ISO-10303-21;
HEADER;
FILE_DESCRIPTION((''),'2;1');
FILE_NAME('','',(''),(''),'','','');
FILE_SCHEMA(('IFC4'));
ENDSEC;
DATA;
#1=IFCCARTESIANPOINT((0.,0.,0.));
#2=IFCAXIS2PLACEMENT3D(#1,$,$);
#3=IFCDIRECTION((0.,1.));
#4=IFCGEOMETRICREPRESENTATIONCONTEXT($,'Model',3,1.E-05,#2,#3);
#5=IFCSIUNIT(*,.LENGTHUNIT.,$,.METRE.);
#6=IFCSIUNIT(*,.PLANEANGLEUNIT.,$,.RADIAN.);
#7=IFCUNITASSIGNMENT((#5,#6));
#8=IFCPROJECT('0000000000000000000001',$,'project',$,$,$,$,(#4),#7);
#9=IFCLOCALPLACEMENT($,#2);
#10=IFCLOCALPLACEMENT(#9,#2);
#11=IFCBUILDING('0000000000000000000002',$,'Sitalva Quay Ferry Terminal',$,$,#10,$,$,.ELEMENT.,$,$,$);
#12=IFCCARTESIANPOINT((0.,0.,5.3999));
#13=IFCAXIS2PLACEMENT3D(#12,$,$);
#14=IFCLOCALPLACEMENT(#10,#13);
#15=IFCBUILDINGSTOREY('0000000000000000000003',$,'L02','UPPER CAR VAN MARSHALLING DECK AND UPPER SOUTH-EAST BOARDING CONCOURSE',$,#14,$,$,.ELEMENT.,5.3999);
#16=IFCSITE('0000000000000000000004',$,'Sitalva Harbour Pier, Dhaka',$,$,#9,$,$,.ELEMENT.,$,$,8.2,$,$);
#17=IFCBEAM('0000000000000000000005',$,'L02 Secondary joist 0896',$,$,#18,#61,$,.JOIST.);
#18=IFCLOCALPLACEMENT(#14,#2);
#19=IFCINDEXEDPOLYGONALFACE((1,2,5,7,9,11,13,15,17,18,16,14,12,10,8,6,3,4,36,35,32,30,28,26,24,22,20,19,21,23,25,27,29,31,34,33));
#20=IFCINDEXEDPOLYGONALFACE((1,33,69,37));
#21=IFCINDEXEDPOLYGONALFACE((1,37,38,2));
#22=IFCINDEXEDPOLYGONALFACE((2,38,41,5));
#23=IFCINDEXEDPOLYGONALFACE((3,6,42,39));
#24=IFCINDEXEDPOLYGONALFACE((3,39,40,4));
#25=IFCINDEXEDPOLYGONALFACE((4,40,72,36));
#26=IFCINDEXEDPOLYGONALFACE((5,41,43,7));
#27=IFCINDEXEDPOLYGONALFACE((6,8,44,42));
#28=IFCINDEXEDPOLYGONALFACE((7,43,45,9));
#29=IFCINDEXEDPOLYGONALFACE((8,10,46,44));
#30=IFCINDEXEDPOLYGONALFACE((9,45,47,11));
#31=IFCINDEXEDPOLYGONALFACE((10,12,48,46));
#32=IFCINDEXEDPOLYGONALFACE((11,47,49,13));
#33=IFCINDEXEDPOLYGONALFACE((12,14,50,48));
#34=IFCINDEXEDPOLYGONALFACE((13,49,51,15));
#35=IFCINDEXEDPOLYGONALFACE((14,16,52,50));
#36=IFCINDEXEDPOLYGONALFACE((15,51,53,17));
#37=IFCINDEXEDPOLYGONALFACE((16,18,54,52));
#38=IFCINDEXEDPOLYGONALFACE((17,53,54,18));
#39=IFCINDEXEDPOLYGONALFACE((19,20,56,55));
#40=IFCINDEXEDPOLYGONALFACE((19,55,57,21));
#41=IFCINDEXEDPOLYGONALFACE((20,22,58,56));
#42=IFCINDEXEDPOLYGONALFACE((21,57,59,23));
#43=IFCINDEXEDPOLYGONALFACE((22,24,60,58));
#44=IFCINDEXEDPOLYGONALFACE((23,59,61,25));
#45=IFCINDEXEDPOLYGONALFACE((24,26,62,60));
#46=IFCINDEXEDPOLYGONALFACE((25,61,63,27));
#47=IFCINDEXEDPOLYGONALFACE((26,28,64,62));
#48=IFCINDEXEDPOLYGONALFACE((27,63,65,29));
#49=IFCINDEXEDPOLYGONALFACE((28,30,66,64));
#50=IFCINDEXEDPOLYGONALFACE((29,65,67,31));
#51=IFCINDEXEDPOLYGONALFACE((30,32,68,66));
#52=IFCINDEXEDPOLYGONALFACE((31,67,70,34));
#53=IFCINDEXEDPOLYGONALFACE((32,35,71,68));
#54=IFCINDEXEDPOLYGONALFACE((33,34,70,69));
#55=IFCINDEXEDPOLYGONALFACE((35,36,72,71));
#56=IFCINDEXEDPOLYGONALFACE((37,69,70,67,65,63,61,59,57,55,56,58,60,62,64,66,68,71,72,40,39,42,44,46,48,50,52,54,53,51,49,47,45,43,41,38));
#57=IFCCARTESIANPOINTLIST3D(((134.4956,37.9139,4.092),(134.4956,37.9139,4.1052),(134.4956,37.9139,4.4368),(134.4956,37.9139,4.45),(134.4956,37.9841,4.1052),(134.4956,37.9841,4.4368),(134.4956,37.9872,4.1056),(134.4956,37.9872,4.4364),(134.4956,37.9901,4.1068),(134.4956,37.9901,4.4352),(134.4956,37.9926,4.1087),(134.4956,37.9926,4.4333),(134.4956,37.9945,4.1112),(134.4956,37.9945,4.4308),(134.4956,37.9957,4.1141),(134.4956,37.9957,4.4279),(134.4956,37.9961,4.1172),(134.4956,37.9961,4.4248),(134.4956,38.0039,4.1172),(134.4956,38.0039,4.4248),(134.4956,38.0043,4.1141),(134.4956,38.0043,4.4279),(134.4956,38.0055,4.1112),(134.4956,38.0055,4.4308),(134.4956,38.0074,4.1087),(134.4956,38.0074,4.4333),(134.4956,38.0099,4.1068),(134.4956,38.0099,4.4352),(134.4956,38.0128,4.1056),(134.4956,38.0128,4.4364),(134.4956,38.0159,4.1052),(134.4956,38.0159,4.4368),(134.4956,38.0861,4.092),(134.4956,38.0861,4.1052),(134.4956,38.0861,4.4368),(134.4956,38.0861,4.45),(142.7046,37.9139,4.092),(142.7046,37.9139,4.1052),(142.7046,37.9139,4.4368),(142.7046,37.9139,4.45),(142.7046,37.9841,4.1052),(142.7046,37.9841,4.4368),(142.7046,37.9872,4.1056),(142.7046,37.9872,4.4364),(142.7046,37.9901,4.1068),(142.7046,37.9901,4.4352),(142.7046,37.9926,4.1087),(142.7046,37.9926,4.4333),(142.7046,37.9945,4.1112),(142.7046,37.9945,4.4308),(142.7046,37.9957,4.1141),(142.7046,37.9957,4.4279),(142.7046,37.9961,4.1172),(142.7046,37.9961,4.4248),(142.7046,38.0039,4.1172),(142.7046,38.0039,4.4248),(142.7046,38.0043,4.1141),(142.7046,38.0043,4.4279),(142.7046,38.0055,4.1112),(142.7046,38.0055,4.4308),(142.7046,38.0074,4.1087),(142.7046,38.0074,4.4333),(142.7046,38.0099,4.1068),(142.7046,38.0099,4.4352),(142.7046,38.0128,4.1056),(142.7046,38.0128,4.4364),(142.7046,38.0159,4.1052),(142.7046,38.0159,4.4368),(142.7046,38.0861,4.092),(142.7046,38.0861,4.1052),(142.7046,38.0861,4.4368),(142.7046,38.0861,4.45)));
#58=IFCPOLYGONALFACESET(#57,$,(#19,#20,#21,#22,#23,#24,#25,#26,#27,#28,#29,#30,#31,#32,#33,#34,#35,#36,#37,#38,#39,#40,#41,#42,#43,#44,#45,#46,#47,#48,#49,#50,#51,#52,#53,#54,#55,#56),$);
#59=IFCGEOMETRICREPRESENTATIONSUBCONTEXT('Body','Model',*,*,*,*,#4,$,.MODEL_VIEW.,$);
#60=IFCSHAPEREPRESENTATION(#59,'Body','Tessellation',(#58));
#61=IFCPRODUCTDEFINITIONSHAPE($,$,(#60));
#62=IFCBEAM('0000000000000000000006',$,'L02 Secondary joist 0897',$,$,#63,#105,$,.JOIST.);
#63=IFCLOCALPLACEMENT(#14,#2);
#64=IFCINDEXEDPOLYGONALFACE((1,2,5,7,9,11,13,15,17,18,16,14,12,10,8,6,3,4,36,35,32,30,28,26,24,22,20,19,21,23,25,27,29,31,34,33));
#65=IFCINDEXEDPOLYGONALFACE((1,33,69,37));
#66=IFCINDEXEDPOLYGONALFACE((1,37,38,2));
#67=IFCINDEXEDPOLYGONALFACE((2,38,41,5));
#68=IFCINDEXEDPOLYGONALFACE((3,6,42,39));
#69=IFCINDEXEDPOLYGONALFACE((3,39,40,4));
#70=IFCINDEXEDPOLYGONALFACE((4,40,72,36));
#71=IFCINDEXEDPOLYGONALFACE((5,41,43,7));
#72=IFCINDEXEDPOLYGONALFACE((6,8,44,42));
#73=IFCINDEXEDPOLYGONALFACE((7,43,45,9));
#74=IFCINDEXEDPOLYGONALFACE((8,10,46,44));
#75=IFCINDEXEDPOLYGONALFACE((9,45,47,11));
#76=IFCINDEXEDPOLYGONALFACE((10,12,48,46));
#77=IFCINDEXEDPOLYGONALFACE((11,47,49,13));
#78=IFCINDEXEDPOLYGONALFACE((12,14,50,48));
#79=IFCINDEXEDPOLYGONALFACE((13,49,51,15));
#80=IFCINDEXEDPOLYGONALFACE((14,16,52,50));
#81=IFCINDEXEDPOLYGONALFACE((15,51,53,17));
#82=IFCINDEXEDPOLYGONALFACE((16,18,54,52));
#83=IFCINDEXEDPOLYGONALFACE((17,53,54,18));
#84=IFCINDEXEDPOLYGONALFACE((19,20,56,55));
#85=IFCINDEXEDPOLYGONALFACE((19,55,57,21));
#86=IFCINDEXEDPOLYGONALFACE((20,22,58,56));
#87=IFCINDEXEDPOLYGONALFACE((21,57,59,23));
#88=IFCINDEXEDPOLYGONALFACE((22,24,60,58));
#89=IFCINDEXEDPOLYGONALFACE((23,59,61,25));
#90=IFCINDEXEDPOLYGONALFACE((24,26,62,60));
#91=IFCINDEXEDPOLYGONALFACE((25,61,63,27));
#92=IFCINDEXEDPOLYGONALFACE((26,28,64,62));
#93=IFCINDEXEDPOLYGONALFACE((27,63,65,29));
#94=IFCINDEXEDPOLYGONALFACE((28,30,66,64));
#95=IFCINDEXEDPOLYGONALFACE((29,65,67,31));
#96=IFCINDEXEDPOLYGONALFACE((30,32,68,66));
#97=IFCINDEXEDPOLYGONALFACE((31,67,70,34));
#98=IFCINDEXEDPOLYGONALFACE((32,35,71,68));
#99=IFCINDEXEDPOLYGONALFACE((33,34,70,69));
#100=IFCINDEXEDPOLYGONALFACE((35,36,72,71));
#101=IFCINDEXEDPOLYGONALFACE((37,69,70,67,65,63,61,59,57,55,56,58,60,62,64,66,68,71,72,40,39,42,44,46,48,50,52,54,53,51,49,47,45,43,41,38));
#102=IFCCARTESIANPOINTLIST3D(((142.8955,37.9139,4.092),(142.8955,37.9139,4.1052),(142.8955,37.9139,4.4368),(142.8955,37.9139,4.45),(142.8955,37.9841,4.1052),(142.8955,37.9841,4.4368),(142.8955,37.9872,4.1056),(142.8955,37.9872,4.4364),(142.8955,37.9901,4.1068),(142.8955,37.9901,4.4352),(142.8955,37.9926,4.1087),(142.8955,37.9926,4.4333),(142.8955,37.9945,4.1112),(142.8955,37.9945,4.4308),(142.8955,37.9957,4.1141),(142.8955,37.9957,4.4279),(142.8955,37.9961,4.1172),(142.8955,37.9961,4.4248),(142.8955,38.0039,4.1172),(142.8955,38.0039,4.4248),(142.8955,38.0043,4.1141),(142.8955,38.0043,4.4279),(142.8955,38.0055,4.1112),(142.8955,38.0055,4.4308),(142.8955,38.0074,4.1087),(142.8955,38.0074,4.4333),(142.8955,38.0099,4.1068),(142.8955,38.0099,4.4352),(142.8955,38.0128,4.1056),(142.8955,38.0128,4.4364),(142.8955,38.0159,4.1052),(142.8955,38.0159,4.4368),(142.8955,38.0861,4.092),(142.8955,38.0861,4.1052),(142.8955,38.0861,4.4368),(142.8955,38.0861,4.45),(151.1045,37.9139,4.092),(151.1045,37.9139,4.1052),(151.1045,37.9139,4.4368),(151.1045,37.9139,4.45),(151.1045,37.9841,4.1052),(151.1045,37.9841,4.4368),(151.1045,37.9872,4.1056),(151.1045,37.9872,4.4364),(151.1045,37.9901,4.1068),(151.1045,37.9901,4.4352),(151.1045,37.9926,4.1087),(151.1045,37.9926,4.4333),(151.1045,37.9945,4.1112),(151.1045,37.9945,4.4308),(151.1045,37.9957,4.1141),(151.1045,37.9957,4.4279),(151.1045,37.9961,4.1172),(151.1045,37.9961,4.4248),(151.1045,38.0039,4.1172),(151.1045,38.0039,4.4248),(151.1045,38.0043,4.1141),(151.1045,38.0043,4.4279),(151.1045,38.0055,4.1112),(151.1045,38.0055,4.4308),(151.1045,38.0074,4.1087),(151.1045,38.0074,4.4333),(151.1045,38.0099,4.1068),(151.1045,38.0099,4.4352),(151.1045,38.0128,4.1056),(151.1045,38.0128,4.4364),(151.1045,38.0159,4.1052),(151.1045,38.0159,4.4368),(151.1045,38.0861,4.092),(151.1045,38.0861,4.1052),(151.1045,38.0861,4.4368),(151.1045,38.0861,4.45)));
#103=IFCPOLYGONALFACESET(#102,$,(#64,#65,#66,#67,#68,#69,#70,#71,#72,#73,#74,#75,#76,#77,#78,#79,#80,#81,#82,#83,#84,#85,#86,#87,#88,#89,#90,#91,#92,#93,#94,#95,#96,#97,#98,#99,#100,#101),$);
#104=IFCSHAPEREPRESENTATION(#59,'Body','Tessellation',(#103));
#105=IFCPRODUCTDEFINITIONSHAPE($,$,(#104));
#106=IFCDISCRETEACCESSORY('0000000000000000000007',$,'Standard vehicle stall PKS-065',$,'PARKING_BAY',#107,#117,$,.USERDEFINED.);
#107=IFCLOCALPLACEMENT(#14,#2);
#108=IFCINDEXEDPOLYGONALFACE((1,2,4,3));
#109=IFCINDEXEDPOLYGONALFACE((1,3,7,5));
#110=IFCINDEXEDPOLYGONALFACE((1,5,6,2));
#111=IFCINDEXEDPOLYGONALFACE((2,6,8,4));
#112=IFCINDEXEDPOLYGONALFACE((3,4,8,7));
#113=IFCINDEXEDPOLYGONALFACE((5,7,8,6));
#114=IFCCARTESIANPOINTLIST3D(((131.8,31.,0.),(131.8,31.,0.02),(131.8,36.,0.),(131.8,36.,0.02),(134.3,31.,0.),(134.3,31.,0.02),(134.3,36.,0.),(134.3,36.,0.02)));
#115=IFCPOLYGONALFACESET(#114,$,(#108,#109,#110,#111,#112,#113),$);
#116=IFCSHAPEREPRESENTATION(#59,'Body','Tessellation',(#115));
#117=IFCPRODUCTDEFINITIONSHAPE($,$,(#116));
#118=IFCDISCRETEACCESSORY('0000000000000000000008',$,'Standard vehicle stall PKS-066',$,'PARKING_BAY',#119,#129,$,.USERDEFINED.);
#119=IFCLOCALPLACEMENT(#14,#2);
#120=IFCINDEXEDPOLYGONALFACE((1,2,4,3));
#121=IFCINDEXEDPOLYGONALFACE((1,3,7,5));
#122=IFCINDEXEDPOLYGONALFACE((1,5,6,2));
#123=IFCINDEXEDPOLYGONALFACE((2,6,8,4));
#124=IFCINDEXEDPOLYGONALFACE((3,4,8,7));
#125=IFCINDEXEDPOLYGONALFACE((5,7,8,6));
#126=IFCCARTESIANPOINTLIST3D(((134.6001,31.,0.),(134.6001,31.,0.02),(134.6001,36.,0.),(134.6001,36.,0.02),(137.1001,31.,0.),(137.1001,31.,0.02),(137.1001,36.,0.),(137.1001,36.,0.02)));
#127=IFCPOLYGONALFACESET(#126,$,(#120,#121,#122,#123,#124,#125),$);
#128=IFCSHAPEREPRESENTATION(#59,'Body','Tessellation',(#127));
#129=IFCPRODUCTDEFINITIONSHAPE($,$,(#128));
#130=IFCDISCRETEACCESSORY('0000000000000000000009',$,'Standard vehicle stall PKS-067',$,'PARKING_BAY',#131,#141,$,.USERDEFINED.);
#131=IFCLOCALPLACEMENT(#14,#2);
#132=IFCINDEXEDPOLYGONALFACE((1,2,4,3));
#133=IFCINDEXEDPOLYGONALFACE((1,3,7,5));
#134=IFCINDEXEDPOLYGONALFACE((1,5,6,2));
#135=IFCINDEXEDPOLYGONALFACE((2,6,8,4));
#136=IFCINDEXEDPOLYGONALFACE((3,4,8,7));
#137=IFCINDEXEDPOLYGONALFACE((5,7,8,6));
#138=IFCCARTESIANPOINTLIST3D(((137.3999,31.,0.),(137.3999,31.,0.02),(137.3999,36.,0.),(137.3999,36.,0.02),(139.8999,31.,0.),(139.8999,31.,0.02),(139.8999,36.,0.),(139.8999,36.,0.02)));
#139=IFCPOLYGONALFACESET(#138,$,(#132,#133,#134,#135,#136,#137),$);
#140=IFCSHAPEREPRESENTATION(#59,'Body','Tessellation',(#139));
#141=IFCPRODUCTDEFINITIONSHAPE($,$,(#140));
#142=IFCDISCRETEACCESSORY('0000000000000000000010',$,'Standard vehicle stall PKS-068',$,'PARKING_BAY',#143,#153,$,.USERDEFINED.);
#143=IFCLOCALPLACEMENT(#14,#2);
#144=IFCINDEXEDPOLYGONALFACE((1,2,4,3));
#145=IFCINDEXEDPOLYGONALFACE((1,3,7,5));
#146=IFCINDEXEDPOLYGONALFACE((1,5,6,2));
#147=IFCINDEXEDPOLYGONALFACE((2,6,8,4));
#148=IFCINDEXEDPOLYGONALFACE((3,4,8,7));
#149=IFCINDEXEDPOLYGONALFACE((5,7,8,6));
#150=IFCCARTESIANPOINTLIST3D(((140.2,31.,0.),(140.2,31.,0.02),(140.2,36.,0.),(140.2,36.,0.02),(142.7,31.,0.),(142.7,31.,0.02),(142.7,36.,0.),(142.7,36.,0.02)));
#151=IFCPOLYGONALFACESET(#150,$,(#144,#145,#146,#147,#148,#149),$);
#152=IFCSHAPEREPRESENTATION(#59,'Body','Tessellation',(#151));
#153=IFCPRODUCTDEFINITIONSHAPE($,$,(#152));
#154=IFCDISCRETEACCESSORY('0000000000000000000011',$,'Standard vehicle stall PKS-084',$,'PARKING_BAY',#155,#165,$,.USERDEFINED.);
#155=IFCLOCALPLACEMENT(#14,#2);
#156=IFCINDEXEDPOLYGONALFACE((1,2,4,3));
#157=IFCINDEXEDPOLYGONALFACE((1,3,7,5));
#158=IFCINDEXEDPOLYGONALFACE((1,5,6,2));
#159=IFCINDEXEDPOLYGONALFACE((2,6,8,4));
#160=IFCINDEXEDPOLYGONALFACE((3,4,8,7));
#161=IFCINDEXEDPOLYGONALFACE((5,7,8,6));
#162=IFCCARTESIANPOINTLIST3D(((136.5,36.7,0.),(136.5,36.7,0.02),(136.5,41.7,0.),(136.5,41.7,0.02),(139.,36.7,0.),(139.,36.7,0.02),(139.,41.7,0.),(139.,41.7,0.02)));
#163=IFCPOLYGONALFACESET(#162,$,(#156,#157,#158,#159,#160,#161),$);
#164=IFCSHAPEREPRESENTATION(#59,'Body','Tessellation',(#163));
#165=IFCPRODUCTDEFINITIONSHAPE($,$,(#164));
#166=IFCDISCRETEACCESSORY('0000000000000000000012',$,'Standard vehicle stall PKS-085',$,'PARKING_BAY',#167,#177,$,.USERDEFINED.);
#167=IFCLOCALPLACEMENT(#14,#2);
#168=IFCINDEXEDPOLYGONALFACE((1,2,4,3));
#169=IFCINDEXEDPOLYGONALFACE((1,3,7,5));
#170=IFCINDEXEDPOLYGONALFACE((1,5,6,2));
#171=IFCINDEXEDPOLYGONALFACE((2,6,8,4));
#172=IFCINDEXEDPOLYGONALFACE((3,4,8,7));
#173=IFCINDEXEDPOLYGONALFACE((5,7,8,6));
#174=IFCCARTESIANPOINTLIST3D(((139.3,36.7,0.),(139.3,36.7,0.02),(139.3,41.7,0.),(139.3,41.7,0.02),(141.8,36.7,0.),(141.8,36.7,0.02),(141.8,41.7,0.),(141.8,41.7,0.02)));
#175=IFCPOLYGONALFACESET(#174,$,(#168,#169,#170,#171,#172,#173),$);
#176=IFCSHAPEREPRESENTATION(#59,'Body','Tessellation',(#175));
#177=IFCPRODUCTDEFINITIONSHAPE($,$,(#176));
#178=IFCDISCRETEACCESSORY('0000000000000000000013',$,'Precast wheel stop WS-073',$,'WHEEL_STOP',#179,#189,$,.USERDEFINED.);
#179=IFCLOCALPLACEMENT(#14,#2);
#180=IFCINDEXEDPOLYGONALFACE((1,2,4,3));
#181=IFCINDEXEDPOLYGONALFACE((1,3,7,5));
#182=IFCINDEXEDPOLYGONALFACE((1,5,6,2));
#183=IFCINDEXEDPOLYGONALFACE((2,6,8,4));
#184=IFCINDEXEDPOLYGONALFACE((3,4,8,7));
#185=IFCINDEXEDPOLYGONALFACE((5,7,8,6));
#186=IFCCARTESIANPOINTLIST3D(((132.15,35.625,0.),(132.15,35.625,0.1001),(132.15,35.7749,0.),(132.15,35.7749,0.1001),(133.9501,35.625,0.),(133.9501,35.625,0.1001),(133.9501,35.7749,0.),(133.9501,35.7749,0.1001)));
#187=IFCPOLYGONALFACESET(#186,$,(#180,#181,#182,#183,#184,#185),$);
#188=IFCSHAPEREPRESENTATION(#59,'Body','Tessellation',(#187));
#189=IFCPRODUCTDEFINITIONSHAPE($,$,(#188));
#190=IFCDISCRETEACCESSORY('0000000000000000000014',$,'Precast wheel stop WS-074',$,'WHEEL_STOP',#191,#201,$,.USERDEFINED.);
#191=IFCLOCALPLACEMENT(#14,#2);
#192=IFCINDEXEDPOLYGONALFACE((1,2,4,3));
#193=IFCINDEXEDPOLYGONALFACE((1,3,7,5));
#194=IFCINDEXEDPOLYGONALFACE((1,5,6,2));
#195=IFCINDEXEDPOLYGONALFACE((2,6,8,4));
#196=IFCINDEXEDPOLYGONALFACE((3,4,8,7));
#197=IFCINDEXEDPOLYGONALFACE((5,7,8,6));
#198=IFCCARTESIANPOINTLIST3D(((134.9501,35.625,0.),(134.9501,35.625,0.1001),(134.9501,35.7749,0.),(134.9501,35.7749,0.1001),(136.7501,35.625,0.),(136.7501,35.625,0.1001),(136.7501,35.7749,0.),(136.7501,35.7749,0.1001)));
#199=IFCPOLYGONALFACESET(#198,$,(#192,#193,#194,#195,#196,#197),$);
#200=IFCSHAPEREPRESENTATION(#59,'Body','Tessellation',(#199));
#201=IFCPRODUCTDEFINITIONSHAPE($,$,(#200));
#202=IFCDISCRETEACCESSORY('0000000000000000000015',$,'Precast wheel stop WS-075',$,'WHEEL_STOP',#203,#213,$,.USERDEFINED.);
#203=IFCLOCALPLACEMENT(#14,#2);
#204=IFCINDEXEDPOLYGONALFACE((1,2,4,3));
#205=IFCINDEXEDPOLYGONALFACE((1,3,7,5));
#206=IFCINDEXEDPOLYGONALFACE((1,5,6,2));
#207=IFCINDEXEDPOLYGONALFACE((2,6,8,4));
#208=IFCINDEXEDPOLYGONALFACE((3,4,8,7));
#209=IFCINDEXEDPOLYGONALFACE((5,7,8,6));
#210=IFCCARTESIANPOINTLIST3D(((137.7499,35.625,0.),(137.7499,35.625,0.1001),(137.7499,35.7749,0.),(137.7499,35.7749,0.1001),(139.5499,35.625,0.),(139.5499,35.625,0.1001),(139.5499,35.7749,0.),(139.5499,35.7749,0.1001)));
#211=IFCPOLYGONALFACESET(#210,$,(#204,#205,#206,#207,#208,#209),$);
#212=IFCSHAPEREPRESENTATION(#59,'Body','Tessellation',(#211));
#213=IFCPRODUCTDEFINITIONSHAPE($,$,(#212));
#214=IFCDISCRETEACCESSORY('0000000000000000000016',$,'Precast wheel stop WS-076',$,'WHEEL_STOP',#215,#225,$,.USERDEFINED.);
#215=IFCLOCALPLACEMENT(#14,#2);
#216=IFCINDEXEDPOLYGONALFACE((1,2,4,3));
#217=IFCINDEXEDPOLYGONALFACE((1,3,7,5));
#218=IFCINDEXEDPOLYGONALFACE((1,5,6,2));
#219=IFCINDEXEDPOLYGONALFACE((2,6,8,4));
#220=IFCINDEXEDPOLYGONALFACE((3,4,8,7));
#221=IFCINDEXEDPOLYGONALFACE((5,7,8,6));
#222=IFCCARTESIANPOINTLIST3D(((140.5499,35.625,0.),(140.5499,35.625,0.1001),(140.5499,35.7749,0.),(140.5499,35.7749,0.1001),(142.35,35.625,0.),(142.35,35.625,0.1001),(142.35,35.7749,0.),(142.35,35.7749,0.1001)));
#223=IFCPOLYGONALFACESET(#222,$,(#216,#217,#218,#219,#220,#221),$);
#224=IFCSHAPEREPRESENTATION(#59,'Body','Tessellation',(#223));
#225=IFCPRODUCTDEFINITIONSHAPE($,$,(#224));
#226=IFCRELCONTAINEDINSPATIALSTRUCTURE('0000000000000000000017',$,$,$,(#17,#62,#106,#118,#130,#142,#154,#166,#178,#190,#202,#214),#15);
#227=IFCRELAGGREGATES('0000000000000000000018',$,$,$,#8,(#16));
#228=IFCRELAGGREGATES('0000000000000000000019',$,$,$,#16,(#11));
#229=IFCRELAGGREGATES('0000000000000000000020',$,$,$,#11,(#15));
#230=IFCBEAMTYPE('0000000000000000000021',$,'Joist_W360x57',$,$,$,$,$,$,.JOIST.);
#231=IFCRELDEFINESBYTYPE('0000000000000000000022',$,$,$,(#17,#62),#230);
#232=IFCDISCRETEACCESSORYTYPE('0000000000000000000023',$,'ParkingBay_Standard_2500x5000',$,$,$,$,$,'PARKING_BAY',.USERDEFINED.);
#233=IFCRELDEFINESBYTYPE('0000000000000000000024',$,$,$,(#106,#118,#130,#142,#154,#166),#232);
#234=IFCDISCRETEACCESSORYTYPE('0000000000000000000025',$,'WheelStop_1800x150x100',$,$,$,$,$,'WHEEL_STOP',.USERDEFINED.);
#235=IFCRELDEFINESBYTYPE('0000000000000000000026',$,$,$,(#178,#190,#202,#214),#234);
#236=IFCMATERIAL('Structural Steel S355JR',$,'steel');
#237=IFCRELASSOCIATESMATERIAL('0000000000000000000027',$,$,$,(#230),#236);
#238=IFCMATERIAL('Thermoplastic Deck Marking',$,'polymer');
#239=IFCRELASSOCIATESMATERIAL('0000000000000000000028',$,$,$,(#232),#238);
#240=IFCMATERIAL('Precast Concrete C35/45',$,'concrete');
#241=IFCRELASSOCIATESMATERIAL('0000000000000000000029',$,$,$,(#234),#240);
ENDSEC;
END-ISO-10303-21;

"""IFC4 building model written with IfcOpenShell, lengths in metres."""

from ifc_helpers import new_model, si_unit, direction, frame, origin, origin_2d, place, context, subcontext, project, spatial, rectangle, i_section, extrude, material, material_profile, profile_set, type_object, element, save


model = new_model("IFC4")

# Units and contexts
model_context = context("Model", 3, precision=1e-05, world=origin(), true_north=direction((0.0, 1.0)))
body_context = subcontext(model_context, "Body", "Model", "MODEL_VIEW")
ifc_project = project(units=[si_unit("LENGTHUNIT", "METRE"), si_unit("PLANEANGLEUNIT", "RADIAN")], contexts=[model_context])

# Site, building, storey
site_placement = place(None, origin())
site = spatial("IfcSite", under=ifc_project, at=site_placement, Name="Sitalva Harbour Pier, Dhaka", CompositionType="ELEMENT", RefElevation=8.2)
building_placement = place(site_placement, origin())
building = spatial("IfcBuilding", under=site, at=building_placement, Name="Sitalva Quay Ferry Terminal", CompositionType="ELEMENT")
storey_placement = place(building_placement, frame((0.0, 0.0, 5.3999)))
storey = spatial("IfcBuildingStorey", under=building, at=storey_placement, Name="L02", Description="UPPER CAR VAN MARSHALLING DECK AND UPPER SOUTH-EAST BOARDING CONCOURSE", CompositionType="ELEMENT", Elevation=5.3999)

# Beams
ifc_material_1 = material(Name="Structural Steel S355JR", Category="steel")
ifc_material_profile_1 = material_profile(ifc_material_1, i_section(OverallWidth=0.1721, OverallDepth=0.3579, WebThickness=0.0078, FlangeThickness=0.0132, FilletRadius=0.012, at=origin_2d()), Name="W360x57")
ifc_profile_set_1 = profile_set([ifc_material_profile_1], Name="Structural Steel S355JR")
beam_type_1 = type_object("IfcBeamType", Name="Joist_W360x57", PredefinedType="JOIST", material=ifc_profile_set_1)
for number, where, z_axis, x_axis, name in (
    (1, (134.4956, 38.0, 4.271), (1.0, 0.0, 0.0), (0.0, 1.0, 0.0), "L02 Secondary joist 0896"),
    (2, (142.8955, 38.0, 4.271), (1.0, 0.0, 0.0), (0.0, 1.0, 0.0), "L02 Secondary joist 0897"),
):
    element("IfcBeam", number, at=place(storey_placement, frame(where, z_axis=z_axis, x_axis=x_axis)), inside=storey, type_object=beam_type_1, Name=name, PredefinedType="JOIST", context=body_context, shape_type="SweptSolid", body=[
        extrude(i_section(OverallWidth=0.1721, OverallDepth=0.3579, WebThickness=0.0078, FlangeThickness=0.0132, FilletRadius=0.012, at=origin_2d()), origin(), (0.0, 0.0, 1.0), 8.209),
    ])

# Discrete accessories
ifc_material_2 = material(Name="Thermoplastic Deck Marking", Category="polymer")
discrete_accessory_type_1 = type_object("IfcDiscreteAccessoryType", Name="ParkingBay_Standard_2500x5000", ElementType="PARKING_BAY", PredefinedType="USERDEFINED", material=ifc_material_2)
for number, where, z_axis, x_axis, name in (
    (3, (133.05, 33.5, 0.0), (0.0, 0.0, 1.0), (1.0, 0.0, 0.0), "Standard vehicle stall PKS-065"),
    (4, (135.8501, 33.5, 0.0), (0.0, 0.0, 1.0), (1.0, 0.0, 0.0), "Standard vehicle stall PKS-066"),
    (5, (138.6499, 33.5, 0.0), (0.0, 0.0, 1.0), (1.0, 0.0, 0.0), "Standard vehicle stall PKS-067"),
    (6, (141.45, 33.5, 0.0), (0.0, 0.0, 1.0), (1.0, 0.0, 0.0), "Standard vehicle stall PKS-068"),
    (7, (137.75, 39.2, 0.0), (0.0, 0.0, 1.0), (1.0, 0.0, 0.0), "Standard vehicle stall PKS-084"),
    (8, (140.55, 39.2, 0.0), (0.0, 0.0, 1.0), (1.0, 0.0, 0.0), "Standard vehicle stall PKS-085"),
):
    element("IfcDiscreteAccessory", number, at=place(storey_placement, frame(where, z_axis=z_axis, x_axis=x_axis)), inside=storey, type_object=discrete_accessory_type_1, Name=name, ObjectType="PARKING_BAY", PredefinedType="USERDEFINED", context=body_context, shape_type="SweptSolid", body=[
        extrude(rectangle(XDim=2.5, YDim=5.0, at=origin_2d()), origin(), (0.0, 0.0, 1.0), 0.02),
    ])
ifc_material_3 = material(Name="Precast Concrete C35/45", Category="concrete")
discrete_accessory_type_2 = type_object("IfcDiscreteAccessoryType", Name="WheelStop_1800x150x100", ElementType="WHEEL_STOP", PredefinedType="USERDEFINED", material=ifc_material_3)
for number, where, z_axis, x_axis, name in (
    (9, (133.05, 35.7, 0.0), (0.0, 0.0, 1.0), (1.0, 0.0, 0.0), "Precast wheel stop WS-073"),
    (10, (135.8501, 35.7, 0.0), (0.0, 0.0, 1.0), (1.0, 0.0, 0.0), "Precast wheel stop WS-074"),
    (11, (138.6499, 35.7, 0.0), (0.0, 0.0, 1.0), (1.0, 0.0, 0.0), "Precast wheel stop WS-075"),
    (12, (141.45, 35.7, 0.0), (0.0, 0.0, 1.0), (1.0, 0.0, 0.0), "Precast wheel stop WS-076"),
):
    element("IfcDiscreteAccessory", number, at=place(storey_placement, frame(where, z_axis=z_axis, x_axis=x_axis)), inside=storey, type_object=discrete_accessory_type_2, Name=name, ObjectType="WHEEL_STOP", PredefinedType="USERDEFINED", context=body_context, shape_type="SweptSolid", body=[
        extrude(rectangle(XDim=1.8, YDim=0.1499, at=origin_2d()), origin(), (0.0, 0.0, 1.0), 0.1001),
    ])

save(model, "model.ifc")
